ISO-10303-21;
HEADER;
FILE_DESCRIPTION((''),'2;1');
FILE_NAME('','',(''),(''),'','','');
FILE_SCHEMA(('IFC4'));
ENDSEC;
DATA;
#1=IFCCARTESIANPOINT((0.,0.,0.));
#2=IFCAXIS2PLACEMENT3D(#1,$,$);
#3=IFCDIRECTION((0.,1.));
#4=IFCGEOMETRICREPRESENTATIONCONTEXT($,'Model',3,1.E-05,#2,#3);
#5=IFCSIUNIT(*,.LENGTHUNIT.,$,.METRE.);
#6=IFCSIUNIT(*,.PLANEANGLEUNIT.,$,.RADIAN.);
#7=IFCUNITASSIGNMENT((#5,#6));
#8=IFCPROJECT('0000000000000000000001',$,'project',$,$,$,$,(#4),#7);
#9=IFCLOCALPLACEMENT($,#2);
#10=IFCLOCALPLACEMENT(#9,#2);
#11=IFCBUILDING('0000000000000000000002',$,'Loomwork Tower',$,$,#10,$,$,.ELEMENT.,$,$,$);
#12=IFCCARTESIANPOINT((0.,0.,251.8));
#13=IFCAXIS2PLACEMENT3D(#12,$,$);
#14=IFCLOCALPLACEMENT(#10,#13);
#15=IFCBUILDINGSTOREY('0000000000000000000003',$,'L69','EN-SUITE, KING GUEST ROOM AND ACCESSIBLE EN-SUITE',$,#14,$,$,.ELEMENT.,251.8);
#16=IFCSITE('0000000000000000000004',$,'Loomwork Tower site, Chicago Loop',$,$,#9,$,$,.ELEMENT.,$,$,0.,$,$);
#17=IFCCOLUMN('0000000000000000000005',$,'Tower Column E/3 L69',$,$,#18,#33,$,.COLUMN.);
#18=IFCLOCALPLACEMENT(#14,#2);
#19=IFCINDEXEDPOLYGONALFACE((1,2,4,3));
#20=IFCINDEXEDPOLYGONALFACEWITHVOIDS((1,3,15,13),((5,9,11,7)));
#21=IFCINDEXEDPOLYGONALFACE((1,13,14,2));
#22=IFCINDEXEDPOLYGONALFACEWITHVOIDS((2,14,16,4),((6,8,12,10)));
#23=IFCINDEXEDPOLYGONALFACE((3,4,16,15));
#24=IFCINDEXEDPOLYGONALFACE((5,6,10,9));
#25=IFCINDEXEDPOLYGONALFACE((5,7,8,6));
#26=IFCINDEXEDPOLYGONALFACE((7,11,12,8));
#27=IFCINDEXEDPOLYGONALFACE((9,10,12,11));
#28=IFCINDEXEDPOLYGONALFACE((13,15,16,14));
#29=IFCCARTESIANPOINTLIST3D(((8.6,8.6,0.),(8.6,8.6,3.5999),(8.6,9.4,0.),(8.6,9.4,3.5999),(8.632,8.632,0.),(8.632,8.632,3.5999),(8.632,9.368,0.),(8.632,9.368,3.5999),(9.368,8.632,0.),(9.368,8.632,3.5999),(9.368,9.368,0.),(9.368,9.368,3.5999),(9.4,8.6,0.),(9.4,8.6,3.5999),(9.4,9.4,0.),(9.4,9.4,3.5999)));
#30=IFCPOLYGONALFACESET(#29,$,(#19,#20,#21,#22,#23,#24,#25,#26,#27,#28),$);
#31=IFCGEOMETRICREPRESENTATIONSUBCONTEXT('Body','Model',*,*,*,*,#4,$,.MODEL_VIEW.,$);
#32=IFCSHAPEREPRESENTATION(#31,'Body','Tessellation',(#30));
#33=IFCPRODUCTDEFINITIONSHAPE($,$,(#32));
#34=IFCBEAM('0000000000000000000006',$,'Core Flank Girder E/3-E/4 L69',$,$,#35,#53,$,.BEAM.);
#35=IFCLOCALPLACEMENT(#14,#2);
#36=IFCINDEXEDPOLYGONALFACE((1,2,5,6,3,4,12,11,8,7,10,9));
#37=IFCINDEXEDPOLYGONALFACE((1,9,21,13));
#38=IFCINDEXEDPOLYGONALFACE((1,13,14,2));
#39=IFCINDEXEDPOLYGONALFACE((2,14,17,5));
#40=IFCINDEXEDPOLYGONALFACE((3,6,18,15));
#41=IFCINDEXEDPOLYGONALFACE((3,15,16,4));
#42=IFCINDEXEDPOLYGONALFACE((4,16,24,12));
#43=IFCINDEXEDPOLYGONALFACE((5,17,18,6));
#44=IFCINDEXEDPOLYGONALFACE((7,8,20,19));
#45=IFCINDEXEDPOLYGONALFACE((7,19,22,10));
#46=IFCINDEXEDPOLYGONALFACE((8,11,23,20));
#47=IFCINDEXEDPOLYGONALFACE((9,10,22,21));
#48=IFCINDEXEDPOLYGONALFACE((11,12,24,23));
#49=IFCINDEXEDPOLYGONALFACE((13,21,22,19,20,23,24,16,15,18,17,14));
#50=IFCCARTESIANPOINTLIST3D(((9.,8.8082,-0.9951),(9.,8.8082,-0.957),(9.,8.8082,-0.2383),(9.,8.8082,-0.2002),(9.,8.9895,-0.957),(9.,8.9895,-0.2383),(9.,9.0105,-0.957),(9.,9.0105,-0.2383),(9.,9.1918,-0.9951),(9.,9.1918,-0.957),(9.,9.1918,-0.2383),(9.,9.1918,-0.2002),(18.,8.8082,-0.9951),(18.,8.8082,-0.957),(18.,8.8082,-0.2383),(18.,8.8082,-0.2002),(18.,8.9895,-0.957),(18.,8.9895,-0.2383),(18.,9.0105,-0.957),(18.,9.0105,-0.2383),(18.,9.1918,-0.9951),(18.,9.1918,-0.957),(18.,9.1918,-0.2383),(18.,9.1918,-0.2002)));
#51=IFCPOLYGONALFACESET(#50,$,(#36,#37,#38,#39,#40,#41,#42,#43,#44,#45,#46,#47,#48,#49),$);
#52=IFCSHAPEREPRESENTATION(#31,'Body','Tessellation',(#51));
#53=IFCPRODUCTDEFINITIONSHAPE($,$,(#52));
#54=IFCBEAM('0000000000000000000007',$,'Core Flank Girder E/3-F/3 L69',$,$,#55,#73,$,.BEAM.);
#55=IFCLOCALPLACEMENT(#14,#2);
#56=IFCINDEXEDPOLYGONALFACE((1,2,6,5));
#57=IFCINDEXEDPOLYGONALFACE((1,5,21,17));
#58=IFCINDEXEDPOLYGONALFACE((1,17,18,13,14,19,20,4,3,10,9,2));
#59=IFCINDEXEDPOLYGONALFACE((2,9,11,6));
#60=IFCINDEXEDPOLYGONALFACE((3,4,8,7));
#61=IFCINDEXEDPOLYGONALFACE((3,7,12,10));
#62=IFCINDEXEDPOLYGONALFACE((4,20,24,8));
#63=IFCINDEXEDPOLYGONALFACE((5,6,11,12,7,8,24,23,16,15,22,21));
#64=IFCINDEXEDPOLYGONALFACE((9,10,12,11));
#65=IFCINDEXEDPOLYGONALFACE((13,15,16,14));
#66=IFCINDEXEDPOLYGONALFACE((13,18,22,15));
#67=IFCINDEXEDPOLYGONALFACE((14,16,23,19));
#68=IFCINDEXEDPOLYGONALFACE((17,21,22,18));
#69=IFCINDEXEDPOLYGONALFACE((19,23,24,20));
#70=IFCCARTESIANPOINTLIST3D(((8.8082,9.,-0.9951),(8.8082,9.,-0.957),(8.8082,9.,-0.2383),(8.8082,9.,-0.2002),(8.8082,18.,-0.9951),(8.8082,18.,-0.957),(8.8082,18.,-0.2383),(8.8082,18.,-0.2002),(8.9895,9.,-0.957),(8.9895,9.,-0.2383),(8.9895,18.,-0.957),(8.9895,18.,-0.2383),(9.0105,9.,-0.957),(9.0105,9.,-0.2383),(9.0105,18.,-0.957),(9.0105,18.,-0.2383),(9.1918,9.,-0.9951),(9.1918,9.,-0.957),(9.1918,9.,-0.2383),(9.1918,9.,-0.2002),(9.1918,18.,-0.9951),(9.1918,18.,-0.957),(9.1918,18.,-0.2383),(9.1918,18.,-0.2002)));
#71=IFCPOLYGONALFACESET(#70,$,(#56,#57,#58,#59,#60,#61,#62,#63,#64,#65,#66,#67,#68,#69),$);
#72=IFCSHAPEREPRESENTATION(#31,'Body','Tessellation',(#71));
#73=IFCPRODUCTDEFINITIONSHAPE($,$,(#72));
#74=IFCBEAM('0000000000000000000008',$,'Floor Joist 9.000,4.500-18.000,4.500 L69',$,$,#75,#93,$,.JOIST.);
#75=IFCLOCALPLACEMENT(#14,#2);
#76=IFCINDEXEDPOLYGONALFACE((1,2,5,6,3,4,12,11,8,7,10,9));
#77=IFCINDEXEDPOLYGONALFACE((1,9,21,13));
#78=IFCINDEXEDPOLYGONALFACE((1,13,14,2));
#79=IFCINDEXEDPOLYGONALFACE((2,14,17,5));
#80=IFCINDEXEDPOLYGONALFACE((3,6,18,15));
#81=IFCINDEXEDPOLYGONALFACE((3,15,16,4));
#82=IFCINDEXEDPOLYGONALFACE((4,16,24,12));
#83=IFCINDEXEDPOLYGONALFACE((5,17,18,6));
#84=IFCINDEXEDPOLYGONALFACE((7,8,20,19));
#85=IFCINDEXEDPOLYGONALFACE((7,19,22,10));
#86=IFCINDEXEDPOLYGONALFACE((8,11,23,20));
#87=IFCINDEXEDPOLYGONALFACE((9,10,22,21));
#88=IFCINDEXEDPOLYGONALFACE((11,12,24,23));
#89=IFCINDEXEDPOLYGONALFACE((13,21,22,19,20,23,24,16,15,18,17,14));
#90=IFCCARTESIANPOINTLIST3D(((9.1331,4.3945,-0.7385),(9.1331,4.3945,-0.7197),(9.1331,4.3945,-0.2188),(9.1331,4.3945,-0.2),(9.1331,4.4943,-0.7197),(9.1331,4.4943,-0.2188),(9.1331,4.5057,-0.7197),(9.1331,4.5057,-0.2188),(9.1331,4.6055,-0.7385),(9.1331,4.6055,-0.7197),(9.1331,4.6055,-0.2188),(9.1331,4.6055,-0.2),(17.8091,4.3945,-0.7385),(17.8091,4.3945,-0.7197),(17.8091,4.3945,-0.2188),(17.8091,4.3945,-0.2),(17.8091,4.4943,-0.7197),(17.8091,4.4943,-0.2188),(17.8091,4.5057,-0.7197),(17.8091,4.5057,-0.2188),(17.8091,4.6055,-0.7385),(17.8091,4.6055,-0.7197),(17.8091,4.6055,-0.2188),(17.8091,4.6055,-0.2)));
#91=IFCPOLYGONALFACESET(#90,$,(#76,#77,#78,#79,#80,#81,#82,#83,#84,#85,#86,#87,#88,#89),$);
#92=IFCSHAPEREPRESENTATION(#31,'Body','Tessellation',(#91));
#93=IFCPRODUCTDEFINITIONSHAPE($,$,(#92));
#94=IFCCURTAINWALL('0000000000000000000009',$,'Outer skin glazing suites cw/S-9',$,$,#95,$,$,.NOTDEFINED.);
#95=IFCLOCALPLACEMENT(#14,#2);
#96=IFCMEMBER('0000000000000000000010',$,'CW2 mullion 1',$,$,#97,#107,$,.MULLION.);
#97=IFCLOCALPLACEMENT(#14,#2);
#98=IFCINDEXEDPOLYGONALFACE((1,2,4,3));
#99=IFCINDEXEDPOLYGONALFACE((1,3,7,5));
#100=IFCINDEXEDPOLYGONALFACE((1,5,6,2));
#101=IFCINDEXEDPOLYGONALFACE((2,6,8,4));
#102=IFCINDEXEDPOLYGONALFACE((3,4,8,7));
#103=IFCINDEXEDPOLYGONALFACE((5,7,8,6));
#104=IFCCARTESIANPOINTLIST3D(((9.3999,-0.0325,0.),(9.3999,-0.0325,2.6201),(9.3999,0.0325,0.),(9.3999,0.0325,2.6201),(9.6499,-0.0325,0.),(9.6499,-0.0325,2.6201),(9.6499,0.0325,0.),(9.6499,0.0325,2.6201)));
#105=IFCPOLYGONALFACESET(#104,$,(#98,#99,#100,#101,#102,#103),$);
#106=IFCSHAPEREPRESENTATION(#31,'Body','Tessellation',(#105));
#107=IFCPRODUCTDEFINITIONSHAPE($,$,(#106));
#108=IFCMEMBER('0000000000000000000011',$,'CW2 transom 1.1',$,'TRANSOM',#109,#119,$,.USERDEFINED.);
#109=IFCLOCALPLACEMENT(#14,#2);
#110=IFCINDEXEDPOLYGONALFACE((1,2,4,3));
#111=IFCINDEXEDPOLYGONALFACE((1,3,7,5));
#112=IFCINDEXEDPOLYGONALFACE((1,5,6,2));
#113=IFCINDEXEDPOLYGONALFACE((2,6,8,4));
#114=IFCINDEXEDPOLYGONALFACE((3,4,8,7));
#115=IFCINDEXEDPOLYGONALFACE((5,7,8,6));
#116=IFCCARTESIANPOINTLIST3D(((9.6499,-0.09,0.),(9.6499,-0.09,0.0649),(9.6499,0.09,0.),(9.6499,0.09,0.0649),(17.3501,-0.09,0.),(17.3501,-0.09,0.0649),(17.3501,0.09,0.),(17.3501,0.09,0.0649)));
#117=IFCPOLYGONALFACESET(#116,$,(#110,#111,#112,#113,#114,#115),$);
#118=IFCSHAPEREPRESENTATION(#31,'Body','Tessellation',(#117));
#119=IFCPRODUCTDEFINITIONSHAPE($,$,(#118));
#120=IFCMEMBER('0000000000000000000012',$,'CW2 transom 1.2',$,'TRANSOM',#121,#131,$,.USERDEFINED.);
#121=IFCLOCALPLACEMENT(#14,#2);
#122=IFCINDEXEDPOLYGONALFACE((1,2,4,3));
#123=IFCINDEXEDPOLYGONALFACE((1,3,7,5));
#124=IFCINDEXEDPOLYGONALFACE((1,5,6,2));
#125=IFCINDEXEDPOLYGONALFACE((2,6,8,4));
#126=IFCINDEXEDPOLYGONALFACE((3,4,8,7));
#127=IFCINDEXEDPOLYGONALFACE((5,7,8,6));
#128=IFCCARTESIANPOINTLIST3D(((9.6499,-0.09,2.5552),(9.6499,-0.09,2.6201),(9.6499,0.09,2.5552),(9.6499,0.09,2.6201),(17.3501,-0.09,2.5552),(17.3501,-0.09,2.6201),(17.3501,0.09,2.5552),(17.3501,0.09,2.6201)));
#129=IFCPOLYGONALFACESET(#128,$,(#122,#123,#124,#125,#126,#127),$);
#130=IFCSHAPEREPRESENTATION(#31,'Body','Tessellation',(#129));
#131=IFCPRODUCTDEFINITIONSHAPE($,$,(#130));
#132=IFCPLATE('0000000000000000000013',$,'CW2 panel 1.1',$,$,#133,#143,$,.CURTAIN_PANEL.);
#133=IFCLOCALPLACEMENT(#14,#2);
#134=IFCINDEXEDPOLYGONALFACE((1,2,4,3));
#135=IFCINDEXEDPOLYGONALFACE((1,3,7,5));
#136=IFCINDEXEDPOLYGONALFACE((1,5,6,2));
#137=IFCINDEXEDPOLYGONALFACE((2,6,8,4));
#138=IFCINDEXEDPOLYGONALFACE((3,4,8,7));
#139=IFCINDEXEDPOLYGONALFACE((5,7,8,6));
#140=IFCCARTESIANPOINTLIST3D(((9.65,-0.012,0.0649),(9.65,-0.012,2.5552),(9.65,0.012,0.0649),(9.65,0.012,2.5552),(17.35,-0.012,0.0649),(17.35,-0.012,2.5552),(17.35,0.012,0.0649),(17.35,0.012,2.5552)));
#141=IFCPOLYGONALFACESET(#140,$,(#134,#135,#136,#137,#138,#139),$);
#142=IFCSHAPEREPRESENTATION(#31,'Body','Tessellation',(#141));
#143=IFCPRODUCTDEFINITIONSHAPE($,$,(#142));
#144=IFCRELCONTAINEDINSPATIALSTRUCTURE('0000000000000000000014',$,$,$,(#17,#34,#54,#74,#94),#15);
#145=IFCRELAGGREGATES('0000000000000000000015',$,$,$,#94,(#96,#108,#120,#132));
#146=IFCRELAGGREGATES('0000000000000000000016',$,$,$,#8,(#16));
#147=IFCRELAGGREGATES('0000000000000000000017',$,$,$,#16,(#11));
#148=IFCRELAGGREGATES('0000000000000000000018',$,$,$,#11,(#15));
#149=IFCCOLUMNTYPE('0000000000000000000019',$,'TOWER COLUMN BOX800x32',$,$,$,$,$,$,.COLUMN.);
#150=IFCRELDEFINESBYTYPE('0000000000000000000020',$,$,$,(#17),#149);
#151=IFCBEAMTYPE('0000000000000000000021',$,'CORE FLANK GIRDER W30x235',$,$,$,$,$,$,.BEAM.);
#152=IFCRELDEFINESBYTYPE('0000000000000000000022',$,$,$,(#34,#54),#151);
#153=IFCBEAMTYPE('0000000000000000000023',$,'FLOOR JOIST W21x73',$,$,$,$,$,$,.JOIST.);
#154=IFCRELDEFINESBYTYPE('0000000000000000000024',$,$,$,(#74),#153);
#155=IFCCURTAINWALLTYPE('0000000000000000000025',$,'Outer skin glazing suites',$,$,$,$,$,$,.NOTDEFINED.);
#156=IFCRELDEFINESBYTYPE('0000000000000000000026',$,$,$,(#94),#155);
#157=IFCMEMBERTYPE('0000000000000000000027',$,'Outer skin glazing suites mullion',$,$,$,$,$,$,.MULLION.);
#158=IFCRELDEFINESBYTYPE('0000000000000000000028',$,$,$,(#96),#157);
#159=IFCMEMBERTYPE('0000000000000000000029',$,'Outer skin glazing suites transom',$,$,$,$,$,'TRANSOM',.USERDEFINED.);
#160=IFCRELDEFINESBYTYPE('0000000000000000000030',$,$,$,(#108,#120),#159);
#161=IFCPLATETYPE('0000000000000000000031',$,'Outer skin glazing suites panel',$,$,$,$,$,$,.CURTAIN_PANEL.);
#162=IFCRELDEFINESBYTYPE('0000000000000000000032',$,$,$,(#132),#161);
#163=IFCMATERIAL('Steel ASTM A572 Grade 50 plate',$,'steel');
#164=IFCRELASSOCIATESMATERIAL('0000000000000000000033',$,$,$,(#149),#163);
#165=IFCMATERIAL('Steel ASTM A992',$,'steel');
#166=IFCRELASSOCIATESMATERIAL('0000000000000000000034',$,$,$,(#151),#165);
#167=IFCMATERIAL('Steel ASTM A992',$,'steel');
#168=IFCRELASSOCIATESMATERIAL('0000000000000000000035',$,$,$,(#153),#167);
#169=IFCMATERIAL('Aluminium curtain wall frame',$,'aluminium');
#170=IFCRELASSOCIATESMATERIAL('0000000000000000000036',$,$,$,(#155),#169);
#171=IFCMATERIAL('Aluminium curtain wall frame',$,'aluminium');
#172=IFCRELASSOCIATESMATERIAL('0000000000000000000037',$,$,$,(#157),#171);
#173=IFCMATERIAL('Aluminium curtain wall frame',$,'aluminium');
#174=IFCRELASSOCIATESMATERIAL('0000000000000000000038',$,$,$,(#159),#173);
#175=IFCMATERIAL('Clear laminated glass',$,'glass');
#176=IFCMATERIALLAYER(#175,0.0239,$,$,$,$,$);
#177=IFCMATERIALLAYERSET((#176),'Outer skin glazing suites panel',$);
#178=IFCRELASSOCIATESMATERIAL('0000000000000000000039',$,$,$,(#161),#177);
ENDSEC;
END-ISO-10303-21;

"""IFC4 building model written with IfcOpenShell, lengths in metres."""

from ifc_helpers import new_model, si_unit, direction, frame, origin, origin_2d, place, context, subcontext, project, spatial, rectangle, hollow_rectangle, i_section, extrude, material, layer, layer_set, material_profile, profile_set, type_object, element, aggregate, save


model = new_model("IFC4")

# Units and contexts
model_context = context("Model", 3, precision=1e-05, world=origin(), true_north=direction((0.0, 1.0)))
body_context = subcontext(model_context, "Body", "Model", "MODEL_VIEW")
ifc_project = project(units=[si_unit("LENGTHUNIT", "METRE"), si_unit("PLANEANGLEUNIT", "RADIAN")], contexts=[model_context])

# Site, building, storey
site_placement = place(None, origin())
site = spatial("IfcSite", under=ifc_project, at=site_placement, Name="Loomwork Tower site, Chicago Loop", CompositionType="ELEMENT", RefElevation=0.0)
building_placement = place(site_placement, origin())
building = spatial("IfcBuilding", under=site, at=building_placement, Name="Loomwork Tower", CompositionType="ELEMENT")
storey_placement = place(building_placement, frame((0.0, 0.0, 251.8)))
storey = spatial("IfcBuildingStorey", under=building, at=storey_placement, Name="L69", Description="EN-SUITE, KING GUEST ROOM AND ACCESSIBLE EN-SUITE", CompositionType="ELEMENT", Elevation=251.8)

# Column
ifc_material_1 = material(Name="Steel ASTM A572 Grade 50 plate", Category="steel")
ifc_material_profile_1 = material_profile(ifc_material_1, hollow_rectangle(XDim=0.8, YDim=0.8, WallThickness=0.032, at=origin_2d()), Name="BOX800x32")
ifc_profile_set_1 = profile_set([ifc_material_profile_1], Name="Steel ASTM A572 Grade 50 plate")
column_type = type_object("IfcColumnType", Name="TOWER COLUMN BOX800x32", PredefinedType="COLUMN", material=ifc_profile_set_1)
column_placement = place(storey_placement, frame((9.0, 9.0, 0.0), z_axis=(0.0, 0.0, 1.0), x_axis=(1.0, 0.0, 0.0)))
element("IfcColumn", 1, at=column_placement, inside=storey, type_object=column_type, Name="Tower Column E/3 L69", PredefinedType="COLUMN", context=body_context, shape_type="SweptSolid", body=[
    extrude(hollow_rectangle(XDim=0.8, YDim=0.8, WallThickness=0.032, at=origin_2d()), origin(), (0.0, 0.0, 1.0), 3.5999),
])

# Beams
ifc_material_2 = material(Name="Steel ASTM A992", Category="steel")
ifc_material_profile_2 = material_profile(ifc_material_2, i_section(OverallWidth=0.3835, OverallDepth=0.7949, WebThickness=0.021, FlangeThickness=0.0381, at=origin_2d()), Name="W30x235")
ifc_profile_set_2 = profile_set([ifc_material_profile_2], Name="Steel ASTM A992")
beam_type_1 = type_object("IfcBeamType", Name="CORE FLANK GIRDER W30x235", PredefinedType="BEAM", material=ifc_profile_set_2)
for number, where, z_axis, x_axis, name in (
    (2, (9.0, 9.0, -0.5977), (1.0, 0.0, 0.0), (0.0, 1.0, 0.0), "Core Flank Girder E/3-E/4 L69"),
    (3, (9.0, 9.0, -0.5977), (0.0, 1.0, 0.0), (-1.0, 0.0, 0.0), "Core Flank Girder E/3-F/3 L69"),
):
    element("IfcBeam", number, at=place(storey_placement, frame(where, z_axis=z_axis, x_axis=x_axis)), inside=storey, type_object=beam_type_1, Name=name, PredefinedType="BEAM", context=body_context, shape_type="SweptSolid", body=[
        extrude(i_section(OverallWidth=0.3835, OverallDepth=0.7949, WebThickness=0.021, FlangeThickness=0.0381, at=origin_2d()), origin(), (0.0, 0.0, 1.0), 9.0),
    ])
ifc_material_3 = material(Name="Steel ASTM A992", Category="steel")
ifc_material_profile_3 = material_profile(ifc_material_3, i_section(OverallWidth=0.2109, OverallDepth=0.5386, WebThickness=0.0115, FlangeThickness=0.0188, at=origin_2d()), Name="W21x73")
ifc_profile_set_3 = profile_set([ifc_material_profile_3], Name="Steel ASTM A992")
beam_type_2 = type_object("IfcBeamType", Name="FLOOR JOIST W21x73", PredefinedType="JOIST", material=ifc_profile_set_3)
beam_placement = place(storey_placement, frame((9.1331, 4.5, -0.4692), z_axis=(1.0, 0.0, 0.0), x_axis=(0.0, 1.0, 0.0)))
element("IfcBeam", 4, at=beam_placement, inside=storey, type_object=beam_type_2, Name="Floor Joist 9.000,4.500-18.000,4.500 L69", PredefinedType="JOIST", context=body_context, shape_type="SweptSolid", body=[
    extrude(i_section(OverallWidth=0.2109, OverallDepth=0.5386, WebThickness=0.0115, FlangeThickness=0.0188, at=origin_2d()), origin(), (0.0, 0.0, 1.0), 8.676),
])

# Curtain wall, members, plate
ifc_material_4 = material(Name="Aluminium curtain wall frame", Category="aluminium")
curtain_wall_type = type_object("IfcCurtainWallType", Name="Outer skin glazing suites", PredefinedType="NOTDEFINED", material=ifc_material_4)
curtain_wall_placement = place(storey_placement, origin())
curtain_wall = element("IfcCurtainWall", 5, at=curtain_wall_placement, inside=storey, type_object=curtain_wall_type, Name="Outer skin glazing suites cw/S-9", PredefinedType="NOTDEFINED")
ifc_material_5 = material(Name="Aluminium curtain wall frame", Category="aluminium")
ifc_material_profile_4 = material_profile(ifc_material_5, rectangle(XDim=0.0649, YDim=0.25, at=origin_2d()), Name="AL 65x250")
ifc_profile_set_4 = profile_set([ifc_material_profile_4], Name="Aluminium curtain wall frame")
member_type_1 = type_object("IfcMemberType", Name="Outer skin glazing suites mullion", PredefinedType="MULLION", material=ifc_profile_set_4)
member_1_placement = place(storey_placement, frame((9.5249, 0.0, 0.0), z_axis=(0.0, 0.0, 1.0), x_axis=(0.0, 1.0, 0.0)))
member_1 = element("IfcMember", 6, at=member_1_placement, type_object=member_type_1, Name="CW2 mullion 1", PredefinedType="MULLION", context=body_context, shape_type="SweptSolid", body=[
    extrude(rectangle(XDim=0.0649, YDim=0.25, at=origin_2d()), origin(), (0.0, 0.0, 1.0), 2.6201),
])
ifc_material_6 = material(Name="Aluminium curtain wall frame", Category="aluminium")
ifc_material_profile_5 = material_profile(ifc_material_6, rectangle(XDim=0.1799, YDim=0.0649, at=origin_2d()), Name="AL 65x180")
ifc_profile_set_5 = profile_set([ifc_material_profile_5], Name="Aluminium curtain wall frame")
member_type_2 = type_object("IfcMemberType", Name="Outer skin glazing suites transom", ElementType="TRANSOM", PredefinedType="USERDEFINED", material=ifc_profile_set_5)
member_2_placement = place(storey_placement, frame((9.6499, 0.0, 0.0325), z_axis=(1.0, 0.0, 0.0), x_axis=(0.0, 1.0, 0.0)))
member_2 = element("IfcMember", 7, at=member_2_placement, type_object=member_type_2, Name="CW2 transom 1.1", ObjectType="TRANSOM", PredefinedType="USERDEFINED", context=body_context, shape_type="SweptSolid", body=[
    extrude(rectangle(XDim=0.1799, YDim=0.0649, at=origin_2d()), origin(), (0.0, 0.0, 1.0), 7.7002),
])
member_3_placement = place(storey_placement, frame((9.6499, 0.0, 2.5876), z_axis=(1.0, 0.0, 0.0), x_axis=(0.0, 1.0, 0.0)))
member_3 = element("IfcMember", 8, at=member_3_placement, type_object=member_type_2, Name="CW2 transom 1.2", ObjectType="TRANSOM", PredefinedType="USERDEFINED", context=body_context, shape_type="SweptSolid", body=[
    extrude(rectangle(XDim=0.1799, YDim=0.0649, at=origin_2d()), origin(), (0.0, 0.0, 1.0), 7.7002),
])
ifc_material_7 = material(Name="Clear laminated glass", Category="glass")
ifc_layer_1 = layer(ifc_material_7, 0.0239)
ifc_layer_set_1 = layer_set([ifc_layer_1], Name="Outer skin glazing suites panel")
plate_type = type_object("IfcPlateType", Name="Outer skin glazing suites panel", PredefinedType="CURTAIN_PANEL", material=ifc_layer_set_1)
plate_placement = place(storey_placement, frame((13.5, 0.0, 0.0649), z_axis=(0.0, 0.0, 1.0), x_axis=(1.0, 0.0, 0.0)))
plate = element("IfcPlate", 9, at=plate_placement, type_object=plate_type, Name="CW2 panel 1.1", PredefinedType="CURTAIN_PANEL", context=body_context, shape_type="SweptSolid", body=[
    extrude(rectangle(XDim=7.7, YDim=0.0239, at=origin_2d()), origin(), (0.0, 0.0, 1.0), 2.4902),
])
aggregate(curtain_wall, [member_1, member_2, member_3, plate])

save(model, "model.ifc")
